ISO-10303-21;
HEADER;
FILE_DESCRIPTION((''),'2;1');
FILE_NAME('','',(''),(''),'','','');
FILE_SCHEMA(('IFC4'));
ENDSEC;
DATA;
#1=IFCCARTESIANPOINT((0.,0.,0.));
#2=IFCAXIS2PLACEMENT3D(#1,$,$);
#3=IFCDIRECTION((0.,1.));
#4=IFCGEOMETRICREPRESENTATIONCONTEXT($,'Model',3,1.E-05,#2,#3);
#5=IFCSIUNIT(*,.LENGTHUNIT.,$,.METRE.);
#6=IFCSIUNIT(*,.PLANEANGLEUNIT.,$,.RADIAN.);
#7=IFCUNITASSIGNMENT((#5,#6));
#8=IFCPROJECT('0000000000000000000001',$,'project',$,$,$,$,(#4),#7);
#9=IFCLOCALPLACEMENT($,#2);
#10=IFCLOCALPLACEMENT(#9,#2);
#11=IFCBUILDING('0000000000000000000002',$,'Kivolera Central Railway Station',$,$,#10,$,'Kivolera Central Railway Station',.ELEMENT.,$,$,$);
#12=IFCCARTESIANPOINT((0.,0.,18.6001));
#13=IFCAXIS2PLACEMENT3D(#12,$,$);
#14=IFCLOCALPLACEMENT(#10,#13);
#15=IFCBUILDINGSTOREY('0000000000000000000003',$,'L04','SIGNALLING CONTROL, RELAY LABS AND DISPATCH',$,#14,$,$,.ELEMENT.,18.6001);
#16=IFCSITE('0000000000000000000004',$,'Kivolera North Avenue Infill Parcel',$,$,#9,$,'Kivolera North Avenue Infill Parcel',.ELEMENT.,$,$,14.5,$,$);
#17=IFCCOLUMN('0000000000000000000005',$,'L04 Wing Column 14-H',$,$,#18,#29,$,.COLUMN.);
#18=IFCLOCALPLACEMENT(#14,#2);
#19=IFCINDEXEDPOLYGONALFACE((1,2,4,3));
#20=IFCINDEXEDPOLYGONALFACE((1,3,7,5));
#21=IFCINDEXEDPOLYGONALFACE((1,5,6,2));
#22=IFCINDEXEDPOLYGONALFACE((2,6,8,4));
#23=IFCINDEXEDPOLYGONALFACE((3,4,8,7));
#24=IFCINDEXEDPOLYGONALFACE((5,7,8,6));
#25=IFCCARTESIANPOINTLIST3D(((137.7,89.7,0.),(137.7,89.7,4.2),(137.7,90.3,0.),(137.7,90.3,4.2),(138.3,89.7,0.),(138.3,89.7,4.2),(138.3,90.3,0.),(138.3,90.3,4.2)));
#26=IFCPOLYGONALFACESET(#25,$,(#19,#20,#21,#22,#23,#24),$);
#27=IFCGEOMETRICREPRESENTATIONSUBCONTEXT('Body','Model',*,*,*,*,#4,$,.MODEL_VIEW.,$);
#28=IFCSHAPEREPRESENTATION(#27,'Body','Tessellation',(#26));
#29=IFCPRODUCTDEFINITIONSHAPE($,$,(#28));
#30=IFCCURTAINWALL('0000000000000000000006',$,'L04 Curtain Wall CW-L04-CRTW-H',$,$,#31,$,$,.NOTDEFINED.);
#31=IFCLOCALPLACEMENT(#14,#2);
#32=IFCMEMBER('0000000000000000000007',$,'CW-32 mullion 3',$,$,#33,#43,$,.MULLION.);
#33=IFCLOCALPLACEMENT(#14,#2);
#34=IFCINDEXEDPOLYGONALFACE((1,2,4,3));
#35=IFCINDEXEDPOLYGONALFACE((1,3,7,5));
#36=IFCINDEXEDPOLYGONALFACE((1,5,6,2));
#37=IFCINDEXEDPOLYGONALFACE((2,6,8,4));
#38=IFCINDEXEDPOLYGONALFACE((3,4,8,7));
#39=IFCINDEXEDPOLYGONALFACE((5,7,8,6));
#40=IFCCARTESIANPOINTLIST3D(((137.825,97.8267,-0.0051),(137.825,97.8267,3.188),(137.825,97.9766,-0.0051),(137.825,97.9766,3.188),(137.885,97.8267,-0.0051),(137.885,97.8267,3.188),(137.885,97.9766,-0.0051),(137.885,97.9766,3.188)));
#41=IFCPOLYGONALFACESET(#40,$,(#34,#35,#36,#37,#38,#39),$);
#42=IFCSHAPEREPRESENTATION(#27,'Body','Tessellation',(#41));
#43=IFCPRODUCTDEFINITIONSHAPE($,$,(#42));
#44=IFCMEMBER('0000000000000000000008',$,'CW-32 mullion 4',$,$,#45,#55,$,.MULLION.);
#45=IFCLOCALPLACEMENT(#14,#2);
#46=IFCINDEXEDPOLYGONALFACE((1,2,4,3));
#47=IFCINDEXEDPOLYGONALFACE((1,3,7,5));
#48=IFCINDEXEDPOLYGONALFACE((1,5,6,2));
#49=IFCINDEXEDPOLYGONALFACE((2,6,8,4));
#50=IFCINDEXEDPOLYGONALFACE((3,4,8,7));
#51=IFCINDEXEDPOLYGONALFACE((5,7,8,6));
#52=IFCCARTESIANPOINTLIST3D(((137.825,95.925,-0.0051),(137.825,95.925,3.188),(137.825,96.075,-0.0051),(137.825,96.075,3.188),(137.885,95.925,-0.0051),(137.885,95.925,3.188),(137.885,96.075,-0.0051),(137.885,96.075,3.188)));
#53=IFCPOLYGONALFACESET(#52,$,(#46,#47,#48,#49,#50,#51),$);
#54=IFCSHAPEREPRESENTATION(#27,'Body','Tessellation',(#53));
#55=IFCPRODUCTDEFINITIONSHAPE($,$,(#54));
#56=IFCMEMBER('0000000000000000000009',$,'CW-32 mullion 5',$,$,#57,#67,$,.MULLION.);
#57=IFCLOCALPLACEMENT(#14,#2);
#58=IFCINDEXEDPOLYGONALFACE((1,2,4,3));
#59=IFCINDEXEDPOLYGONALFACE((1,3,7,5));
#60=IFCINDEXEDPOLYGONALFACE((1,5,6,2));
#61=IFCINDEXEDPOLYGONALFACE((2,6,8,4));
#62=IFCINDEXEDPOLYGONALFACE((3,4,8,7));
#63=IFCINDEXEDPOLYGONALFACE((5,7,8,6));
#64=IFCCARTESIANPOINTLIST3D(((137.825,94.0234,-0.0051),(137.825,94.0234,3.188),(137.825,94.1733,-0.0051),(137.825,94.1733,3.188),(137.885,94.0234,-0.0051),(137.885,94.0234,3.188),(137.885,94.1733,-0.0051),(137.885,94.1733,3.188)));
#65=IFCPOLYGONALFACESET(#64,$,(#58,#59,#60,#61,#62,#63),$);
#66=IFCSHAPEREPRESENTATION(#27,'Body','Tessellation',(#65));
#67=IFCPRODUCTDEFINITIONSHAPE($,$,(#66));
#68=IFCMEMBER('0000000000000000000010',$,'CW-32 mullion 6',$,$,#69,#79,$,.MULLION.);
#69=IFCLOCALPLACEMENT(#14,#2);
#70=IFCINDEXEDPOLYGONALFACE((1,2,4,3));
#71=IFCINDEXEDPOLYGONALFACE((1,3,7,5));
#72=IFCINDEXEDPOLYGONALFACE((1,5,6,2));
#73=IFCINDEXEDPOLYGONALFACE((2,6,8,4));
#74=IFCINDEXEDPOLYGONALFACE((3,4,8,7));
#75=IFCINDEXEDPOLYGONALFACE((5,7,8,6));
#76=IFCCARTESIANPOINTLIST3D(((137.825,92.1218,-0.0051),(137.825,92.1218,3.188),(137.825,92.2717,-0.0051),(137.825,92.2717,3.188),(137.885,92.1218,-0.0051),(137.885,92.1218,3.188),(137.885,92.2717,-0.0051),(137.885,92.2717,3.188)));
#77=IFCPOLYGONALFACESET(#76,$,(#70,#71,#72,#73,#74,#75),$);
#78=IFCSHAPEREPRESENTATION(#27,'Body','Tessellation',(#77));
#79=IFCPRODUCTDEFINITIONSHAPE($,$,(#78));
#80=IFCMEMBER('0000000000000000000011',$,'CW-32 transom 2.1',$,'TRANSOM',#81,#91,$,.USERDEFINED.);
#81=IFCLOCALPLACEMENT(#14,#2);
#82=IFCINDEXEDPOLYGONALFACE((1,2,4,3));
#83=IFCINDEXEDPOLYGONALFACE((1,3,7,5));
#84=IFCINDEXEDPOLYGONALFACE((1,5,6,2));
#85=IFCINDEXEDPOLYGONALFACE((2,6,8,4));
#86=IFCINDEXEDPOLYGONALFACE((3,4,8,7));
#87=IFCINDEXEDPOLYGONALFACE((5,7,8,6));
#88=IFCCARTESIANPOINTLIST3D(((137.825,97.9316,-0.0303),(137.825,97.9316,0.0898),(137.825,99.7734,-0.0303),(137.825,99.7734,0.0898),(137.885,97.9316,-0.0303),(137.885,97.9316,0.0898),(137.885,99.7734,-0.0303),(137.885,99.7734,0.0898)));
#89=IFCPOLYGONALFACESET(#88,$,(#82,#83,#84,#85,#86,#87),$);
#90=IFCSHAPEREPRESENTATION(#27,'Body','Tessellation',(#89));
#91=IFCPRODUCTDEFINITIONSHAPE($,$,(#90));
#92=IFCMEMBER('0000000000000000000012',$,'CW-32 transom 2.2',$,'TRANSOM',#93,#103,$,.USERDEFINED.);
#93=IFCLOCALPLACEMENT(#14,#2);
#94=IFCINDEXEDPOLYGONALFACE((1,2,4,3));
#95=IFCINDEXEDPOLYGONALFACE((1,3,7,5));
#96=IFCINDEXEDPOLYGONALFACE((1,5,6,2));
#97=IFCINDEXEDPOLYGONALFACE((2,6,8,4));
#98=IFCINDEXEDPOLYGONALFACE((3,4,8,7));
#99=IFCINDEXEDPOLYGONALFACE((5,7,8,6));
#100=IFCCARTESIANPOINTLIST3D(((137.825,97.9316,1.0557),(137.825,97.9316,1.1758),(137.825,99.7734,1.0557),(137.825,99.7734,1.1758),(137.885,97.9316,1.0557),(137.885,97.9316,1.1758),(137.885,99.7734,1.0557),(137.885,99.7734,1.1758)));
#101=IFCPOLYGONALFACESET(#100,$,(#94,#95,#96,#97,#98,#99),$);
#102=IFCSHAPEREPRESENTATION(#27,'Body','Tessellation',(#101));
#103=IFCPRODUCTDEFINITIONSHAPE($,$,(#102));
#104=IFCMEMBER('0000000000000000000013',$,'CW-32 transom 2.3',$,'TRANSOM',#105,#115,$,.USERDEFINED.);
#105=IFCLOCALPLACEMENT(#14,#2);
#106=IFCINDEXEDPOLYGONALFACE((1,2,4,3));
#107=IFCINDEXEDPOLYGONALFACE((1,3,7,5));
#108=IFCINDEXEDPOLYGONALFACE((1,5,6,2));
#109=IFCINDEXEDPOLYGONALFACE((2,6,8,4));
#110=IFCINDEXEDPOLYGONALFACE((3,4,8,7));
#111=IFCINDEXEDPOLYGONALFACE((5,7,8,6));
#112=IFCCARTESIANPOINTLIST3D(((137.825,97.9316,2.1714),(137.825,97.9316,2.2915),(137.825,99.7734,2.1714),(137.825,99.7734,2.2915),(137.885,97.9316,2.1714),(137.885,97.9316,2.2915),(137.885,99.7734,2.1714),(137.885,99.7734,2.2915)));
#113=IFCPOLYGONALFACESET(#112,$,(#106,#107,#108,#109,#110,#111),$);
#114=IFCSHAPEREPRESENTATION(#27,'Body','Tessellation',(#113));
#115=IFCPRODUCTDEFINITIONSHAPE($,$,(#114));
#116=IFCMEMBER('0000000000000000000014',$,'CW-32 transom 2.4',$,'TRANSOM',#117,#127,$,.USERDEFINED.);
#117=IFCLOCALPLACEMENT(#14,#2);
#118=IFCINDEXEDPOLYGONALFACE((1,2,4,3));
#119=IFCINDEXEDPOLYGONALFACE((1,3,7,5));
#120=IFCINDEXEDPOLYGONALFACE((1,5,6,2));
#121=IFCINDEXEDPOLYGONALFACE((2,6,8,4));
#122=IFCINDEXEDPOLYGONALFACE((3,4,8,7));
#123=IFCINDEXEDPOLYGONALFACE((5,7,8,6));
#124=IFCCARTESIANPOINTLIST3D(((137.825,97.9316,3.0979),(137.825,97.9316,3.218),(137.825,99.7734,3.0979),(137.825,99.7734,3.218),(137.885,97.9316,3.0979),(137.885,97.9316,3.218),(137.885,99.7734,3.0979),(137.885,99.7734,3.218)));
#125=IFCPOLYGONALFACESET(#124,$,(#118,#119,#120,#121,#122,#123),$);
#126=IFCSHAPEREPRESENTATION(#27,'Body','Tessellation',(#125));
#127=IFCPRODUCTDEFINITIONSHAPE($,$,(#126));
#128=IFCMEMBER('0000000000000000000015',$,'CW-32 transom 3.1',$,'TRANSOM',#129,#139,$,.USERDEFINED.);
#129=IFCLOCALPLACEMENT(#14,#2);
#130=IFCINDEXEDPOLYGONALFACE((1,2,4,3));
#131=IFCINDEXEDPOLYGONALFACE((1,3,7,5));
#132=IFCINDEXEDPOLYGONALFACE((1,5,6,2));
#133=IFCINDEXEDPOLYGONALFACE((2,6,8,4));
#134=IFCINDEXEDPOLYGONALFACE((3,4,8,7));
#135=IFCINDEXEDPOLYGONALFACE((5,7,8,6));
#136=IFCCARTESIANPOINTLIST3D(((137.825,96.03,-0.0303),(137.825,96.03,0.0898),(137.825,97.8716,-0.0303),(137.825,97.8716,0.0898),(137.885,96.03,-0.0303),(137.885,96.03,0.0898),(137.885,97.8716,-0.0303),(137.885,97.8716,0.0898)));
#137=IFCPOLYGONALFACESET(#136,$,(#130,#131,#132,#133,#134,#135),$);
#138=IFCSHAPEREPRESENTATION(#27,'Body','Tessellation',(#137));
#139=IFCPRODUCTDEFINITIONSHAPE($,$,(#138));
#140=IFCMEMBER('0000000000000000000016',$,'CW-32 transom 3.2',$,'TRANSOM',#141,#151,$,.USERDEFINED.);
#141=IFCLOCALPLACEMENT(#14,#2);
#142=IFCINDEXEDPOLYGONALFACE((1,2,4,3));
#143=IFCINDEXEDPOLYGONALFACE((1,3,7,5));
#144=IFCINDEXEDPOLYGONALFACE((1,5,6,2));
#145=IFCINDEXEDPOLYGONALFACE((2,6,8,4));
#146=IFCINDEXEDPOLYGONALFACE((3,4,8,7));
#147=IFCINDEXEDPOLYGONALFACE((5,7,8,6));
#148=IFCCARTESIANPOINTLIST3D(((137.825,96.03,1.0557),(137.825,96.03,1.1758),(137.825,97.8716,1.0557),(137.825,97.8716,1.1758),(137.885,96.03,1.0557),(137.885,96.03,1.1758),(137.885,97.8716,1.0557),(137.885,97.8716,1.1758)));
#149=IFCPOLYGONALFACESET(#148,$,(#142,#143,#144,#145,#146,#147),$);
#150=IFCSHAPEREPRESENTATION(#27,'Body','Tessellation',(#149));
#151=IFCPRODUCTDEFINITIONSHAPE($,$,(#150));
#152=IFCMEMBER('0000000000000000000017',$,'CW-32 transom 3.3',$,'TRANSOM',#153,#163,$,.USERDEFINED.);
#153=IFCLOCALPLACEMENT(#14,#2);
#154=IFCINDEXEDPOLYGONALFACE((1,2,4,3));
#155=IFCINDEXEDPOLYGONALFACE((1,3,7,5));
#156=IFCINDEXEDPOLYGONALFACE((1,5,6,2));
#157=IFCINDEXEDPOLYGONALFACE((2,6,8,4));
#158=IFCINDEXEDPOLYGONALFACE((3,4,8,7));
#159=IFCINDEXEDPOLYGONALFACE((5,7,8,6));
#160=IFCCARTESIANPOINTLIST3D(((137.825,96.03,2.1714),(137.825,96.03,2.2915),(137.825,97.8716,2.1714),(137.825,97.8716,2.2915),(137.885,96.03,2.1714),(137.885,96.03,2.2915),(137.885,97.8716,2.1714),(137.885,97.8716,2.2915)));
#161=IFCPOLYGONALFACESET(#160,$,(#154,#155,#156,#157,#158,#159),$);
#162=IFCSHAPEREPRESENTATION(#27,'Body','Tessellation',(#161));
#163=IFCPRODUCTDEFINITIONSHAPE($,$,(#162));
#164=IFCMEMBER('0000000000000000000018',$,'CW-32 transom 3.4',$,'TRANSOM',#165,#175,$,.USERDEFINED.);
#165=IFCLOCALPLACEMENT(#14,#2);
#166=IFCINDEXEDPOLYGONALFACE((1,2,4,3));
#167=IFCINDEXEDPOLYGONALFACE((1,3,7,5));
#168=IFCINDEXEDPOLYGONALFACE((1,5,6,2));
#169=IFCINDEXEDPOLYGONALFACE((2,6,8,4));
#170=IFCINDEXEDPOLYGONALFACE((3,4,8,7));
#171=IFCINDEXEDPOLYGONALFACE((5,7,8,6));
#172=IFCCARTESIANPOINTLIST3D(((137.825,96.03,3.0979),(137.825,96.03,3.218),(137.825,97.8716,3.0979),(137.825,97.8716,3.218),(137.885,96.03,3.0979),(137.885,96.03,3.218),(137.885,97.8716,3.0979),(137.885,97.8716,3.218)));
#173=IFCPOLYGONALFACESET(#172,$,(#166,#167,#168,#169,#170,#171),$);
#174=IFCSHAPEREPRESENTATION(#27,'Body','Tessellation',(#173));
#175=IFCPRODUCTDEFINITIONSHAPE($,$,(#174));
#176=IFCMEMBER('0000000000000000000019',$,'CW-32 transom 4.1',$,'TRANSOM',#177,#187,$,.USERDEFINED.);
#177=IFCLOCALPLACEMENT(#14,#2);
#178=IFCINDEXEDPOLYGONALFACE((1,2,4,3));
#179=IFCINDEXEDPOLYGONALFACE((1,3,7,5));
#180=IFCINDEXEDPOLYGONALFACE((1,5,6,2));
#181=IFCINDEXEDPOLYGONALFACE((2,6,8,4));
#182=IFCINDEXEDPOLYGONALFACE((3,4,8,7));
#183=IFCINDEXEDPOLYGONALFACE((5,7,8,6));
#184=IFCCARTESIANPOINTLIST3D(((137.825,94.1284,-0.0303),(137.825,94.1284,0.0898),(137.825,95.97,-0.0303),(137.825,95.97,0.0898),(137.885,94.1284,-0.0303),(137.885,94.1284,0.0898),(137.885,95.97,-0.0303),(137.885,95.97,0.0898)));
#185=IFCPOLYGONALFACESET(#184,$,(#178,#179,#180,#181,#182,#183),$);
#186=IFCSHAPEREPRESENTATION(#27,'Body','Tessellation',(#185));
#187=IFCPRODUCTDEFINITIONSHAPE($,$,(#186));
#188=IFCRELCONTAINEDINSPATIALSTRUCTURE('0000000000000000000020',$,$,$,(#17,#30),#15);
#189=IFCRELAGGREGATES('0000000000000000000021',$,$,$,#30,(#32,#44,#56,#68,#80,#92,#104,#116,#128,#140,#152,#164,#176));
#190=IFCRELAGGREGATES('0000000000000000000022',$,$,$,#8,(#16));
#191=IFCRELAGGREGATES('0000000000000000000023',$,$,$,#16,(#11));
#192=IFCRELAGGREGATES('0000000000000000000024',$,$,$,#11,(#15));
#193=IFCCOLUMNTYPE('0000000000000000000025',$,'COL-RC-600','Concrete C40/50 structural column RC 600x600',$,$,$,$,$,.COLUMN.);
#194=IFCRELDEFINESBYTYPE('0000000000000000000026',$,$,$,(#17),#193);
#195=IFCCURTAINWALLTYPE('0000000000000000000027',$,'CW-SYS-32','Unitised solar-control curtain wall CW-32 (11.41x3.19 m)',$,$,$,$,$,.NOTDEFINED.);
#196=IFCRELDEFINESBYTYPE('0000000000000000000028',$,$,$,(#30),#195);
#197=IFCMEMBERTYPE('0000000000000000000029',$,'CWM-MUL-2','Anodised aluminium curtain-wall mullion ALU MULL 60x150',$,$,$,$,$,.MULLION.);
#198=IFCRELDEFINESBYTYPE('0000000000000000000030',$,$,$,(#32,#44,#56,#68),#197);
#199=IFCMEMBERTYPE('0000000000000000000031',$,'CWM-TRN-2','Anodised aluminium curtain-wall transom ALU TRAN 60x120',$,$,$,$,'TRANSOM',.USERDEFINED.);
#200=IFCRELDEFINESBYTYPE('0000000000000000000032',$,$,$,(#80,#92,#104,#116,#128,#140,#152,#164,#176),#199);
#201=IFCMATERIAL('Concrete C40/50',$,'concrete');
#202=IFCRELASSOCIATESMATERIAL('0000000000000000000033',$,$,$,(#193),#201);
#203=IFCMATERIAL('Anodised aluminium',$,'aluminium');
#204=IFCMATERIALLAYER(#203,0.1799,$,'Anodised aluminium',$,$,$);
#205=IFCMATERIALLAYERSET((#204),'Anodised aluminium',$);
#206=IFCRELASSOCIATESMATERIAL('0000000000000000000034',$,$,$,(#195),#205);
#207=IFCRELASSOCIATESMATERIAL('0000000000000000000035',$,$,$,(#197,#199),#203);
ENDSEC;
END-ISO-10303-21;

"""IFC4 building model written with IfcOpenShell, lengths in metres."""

from ifc_helpers import new_model, si_unit, direction, frame, origin, origin_2d, place, context, subcontext, project, spatial, rectangle, extrude, material, layer, layer_set, material_profile, profile_set, type_object, element, aggregate, save


model = new_model("IFC4")

# Units and contexts
model_context = context("Model", 3, precision=1e-05, world=origin(), true_north=direction((0.0, 1.0)))
body_context = subcontext(model_context, "Body", "Model", "MODEL_VIEW")
ifc_project = project(units=[si_unit("LENGTHUNIT", "METRE"), si_unit("PLANEANGLEUNIT", "RADIAN")], contexts=[model_context])

# Site, building, storey
site_placement = place(None, origin())
site = spatial("IfcSite", under=ifc_project, at=site_placement, Name="Kivolera North Avenue Infill Parcel", LongName="Kivolera North Avenue Infill Parcel", CompositionType="ELEMENT", RefElevation=14.5)
building_placement = place(site_placement, origin())
building = spatial("IfcBuilding", under=site, at=building_placement, Name="Kivolera Central Railway Station", LongName="Kivolera Central Railway Station", CompositionType="ELEMENT")
storey_placement = place(building_placement, frame((0.0, 0.0, 18.6001)))
storey = spatial("IfcBuildingStorey", under=building, at=storey_placement, Name="L04", Description="SIGNALLING CONTROL, RELAY LABS AND DISPATCH", CompositionType="ELEMENT", Elevation=18.6001)

# Column
ifc_material_1 = material(Name="Concrete C40/50", Category="concrete")
ifc_material_profile_1 = material_profile(ifc_material_1, rectangle(XDim=0.6001, YDim=0.6001, at=origin_2d()), Name="RC 600x600")
ifc_profile_set_1 = profile_set([ifc_material_profile_1], Name="Concrete C40/50")
column_type = type_object("IfcColumnType", Name="COL-RC-600", Description="Concrete C40/50 structural column RC 600x600", PredefinedType="COLUMN", material=ifc_profile_set_1)
column_placement = place(storey_placement, frame((138.0, 90.0, 0.0), z_axis=(0.0, 0.0, 1.0), x_axis=(1.0, 0.0, 0.0)))
element("IfcColumn", 1, at=column_placement, inside=storey, type_object=column_type, Name="L04 Wing Column 14-H", PredefinedType="COLUMN", context=body_context, shape_type="SweptSolid", body=[
    extrude(rectangle(XDim=0.6001, YDim=0.6001, at=origin_2d()), origin(), (0.0, 0.0, 1.0), 4.2),
])

# Curtain wall, members
ifc_material_2 = material(Name="Anodised aluminium", Category="aluminium")
ifc_layer_1 = layer(ifc_material_2, 0.1799, Name="Anodised aluminium")
ifc_layer_set_1 = layer_set([ifc_layer_1], Name="Anodised aluminium")
curtain_wall_type = type_object("IfcCurtainWallType", Name="CW-SYS-32", Description="Unitised solar-control curtain wall CW-32 (11.41x3.19 m)", PredefinedType="NOTDEFINED", material=ifc_layer_set_1)
curtain_wall_placement = place(storey_placement, origin())
curtain_wall = element("IfcCurtainWall", 2, at=curtain_wall_placement, inside=storey, type_object=curtain_wall_type, Name="L04 Curtain Wall CW-L04-CRTW-H", PredefinedType="NOTDEFINED")
ifc_material_profile_2 = material_profile(ifc_material_2, rectangle(XDim=0.0601, YDim=0.1499, at=origin_2d()), Name="ALU MULL 60x150")
ifc_profile_set_2 = profile_set([ifc_material_profile_2], Name="Anodised aluminium")
member_type_1 = type_object("IfcMemberType", Name="CWM-MUL-2", Description="Anodised aluminium curtain-wall mullion ALU MULL 60x150", PredefinedType="MULLION", material=ifc_profile_set_2)
member_1_placement = place(storey_placement, frame((137.855, 97.9016, -0.0051), z_axis=(0.0, 0.0, 1.0), x_axis=(1.0, 0.0, 0.0)))
member_1 = element("IfcMember", 3, at=member_1_placement, type_object=member_type_1, Name="CW-32 mullion 3", PredefinedType="MULLION", context=body_context, shape_type="SweptSolid", body=[
    extrude(rectangle(XDim=0.0601, YDim=0.1499, at=origin_2d()), origin(), (0.0, 0.0, 1.0), 3.1931),
])
member_2_placement = place(storey_placement, frame((137.855, 96.0, -0.0051), z_axis=(0.0, 0.0, 1.0), x_axis=(1.0, 0.0, 0.0)))
member_2 = element("IfcMember", 4, at=member_2_placement, type_object=member_type_1, Name="CW-32 mullion 4", PredefinedType="MULLION", context=body_context, shape_type="SweptSolid", body=[
    extrude(rectangle(XDim=0.0601, YDim=0.1499, at=origin_2d()), origin(), (0.0, 0.0, 1.0), 3.1931),
])
member_3_placement = place(storey_placement, frame((137.855, 94.0984, -0.0051), z_axis=(0.0, 0.0, 1.0), x_axis=(1.0, 0.0, 0.0)))
member_3 = element("IfcMember", 5, at=member_3_placement, type_object=member_type_1, Name="CW-32 mullion 5", PredefinedType="MULLION", context=body_context, shape_type="SweptSolid", body=[
    extrude(rectangle(XDim=0.0601, YDim=0.1499, at=origin_2d()), origin(), (0.0, 0.0, 1.0), 3.1931),
])
member_4_placement = place(storey_placement, frame((137.855, 92.1968, -0.0051), z_axis=(0.0, 0.0, 1.0), x_axis=(1.0, 0.0, 0.0)))
member_4 = element("IfcMember", 6, at=member_4_placement, type_object=member_type_1, Name="CW-32 mullion 6", PredefinedType="MULLION", context=body_context, shape_type="SweptSolid", body=[
    extrude(rectangle(XDim=0.0601, YDim=0.1499, at=origin_2d()), origin(), (0.0, 0.0, 1.0), 3.1931),
])
ifc_material_profile_3 = material_profile(ifc_material_2, rectangle(XDim=0.0601, YDim=0.1201, at=origin_2d()), Name="ALU TRAN 60x120")
ifc_profile_set_3 = profile_set([ifc_material_profile_3], Name="Anodised aluminium")
member_type_2 = type_object("IfcMemberType", Name="CWM-TRN-2", Description="Anodised aluminium curtain-wall transom ALU TRAN 60x120", ElementType="TRANSOM", PredefinedType="USERDEFINED", material=ifc_profile_set_3)
member_5_placement = place(storey_placement, frame((137.855, 99.7734, 0.0298), z_axis=(0.0, -1.0, 0.0), x_axis=(1.0, 0.0, 0.0)))
member_5 = element("IfcMember", 7, at=member_5_placement, type_object=member_type_2, Name="CW-32 transom 2.1", ObjectType="TRANSOM", PredefinedType="USERDEFINED", context=body_context, shape_type="SweptSolid", body=[
    extrude(rectangle(XDim=0.0601, YDim=0.1201, at=origin_2d()), origin(), (0.0, 0.0, 1.0), 1.8418),
])
member_6_placement = place(storey_placement, frame((137.855, 99.7734, 1.1157), z_axis=(0.0, -1.0, 0.0), x_axis=(1.0, 0.0, 0.0)))
member_6 = element("IfcMember", 8, at=member_6_placement, type_object=member_type_2, Name="CW-32 transom 2.2", ObjectType="TRANSOM", PredefinedType="USERDEFINED", context=body_context, shape_type="SweptSolid", body=[
    extrude(rectangle(XDim=0.0601, YDim=0.1201, at=origin_2d()), origin(), (0.0, 0.0, 1.0), 1.8418),
])
member_7_placement = place(storey_placement, frame((137.855, 99.7734, 2.2314), z_axis=(0.0, -1.0, 0.0), x_axis=(1.0, 0.0, 0.0)))
member_7 = element("IfcMember", 9, at=member_7_placement, type_object=member_type_2, Name="CW-32 transom 2.3", ObjectType="TRANSOM", PredefinedType="USERDEFINED", context=body_context, shape_type="SweptSolid", body=[
    extrude(rectangle(XDim=0.0601, YDim=0.1201, at=origin_2d()), origin(), (0.0, 0.0, 1.0), 1.8418),
])
member_8_placement = place(storey_placement, frame((137.855, 99.7734, 3.158), z_axis=(0.0, -1.0, 0.0), x_axis=(1.0, 0.0, 0.0)))
member_8 = element("IfcMember", 10, at=member_8_placement, type_object=member_type_2, Name="CW-32 transom 2.4", ObjectType="TRANSOM", PredefinedType="USERDEFINED", context=body_context, shape_type="SweptSolid", body=[
    extrude(rectangle(XDim=0.0601, YDim=0.1201, at=origin_2d()), origin(), (0.0, 0.0, 1.0), 1.8418),
])
member_9_placement = place(storey_placement, frame((137.855, 97.8716, 0.0298), z_axis=(0.0, -1.0, 0.0), x_axis=(1.0, 0.0, 0.0)))
member_9 = element("IfcMember", 11, at=member_9_placement, type_object=member_type_2, Name="CW-32 transom 3.1", ObjectType="TRANSOM", PredefinedType="USERDEFINED", context=body_context, shape_type="SweptSolid", body=[
    extrude(rectangle(XDim=0.0601, YDim=0.1201, at=origin_2d()), origin(), (0.0, 0.0, 1.0), 1.8416),
])
member_10_placement = place(storey_placement, frame((137.855, 97.8716, 1.1157), z_axis=(0.0, -1.0, 0.0), x_axis=(1.0, 0.0, 0.0)))
member_10 = element("IfcMember", 12, at=member_10_placement, type_object=member_type_2, Name="CW-32 transom 3.2", ObjectType="TRANSOM", PredefinedType="USERDEFINED", context=body_context, shape_type="SweptSolid", body=[
    extrude(rectangle(XDim=0.0601, YDim=0.1201, at=origin_2d()), origin(), (0.0, 0.0, 1.0), 1.8416),
])
member_11_placement = place(storey_placement, frame((137.855, 97.8716, 2.2314), z_axis=(0.0, -1.0, 0.0), x_axis=(1.0, 0.0, 0.0)))
member_11 = element("IfcMember", 13, at=member_11_placement, type_object=member_type_2, Name="CW-32 transom 3.3", ObjectType="TRANSOM", PredefinedType="USERDEFINED", context=body_context, shape_type="SweptSolid", body=[
    extrude(rectangle(XDim=0.0601, YDim=0.1201, at=origin_2d()), origin(), (0.0, 0.0, 1.0), 1.8416),
])
member_12_placement = place(storey_placement, frame((137.855, 97.8716, 3.158), z_axis=(0.0, -1.0, 0.0), x_axis=(1.0, 0.0, 0.0)))
member_12 = element("IfcMember", 14, at=member_12_placement, type_object=member_type_2, Name="CW-32 transom 3.4", ObjectType="TRANSOM", PredefinedType="USERDEFINED", context=body_context, shape_type="SweptSolid", body=[
    extrude(rectangle(XDim=0.0601, YDim=0.1201, at=origin_2d()), origin(), (0.0, 0.0, 1.0), 1.8416),
])
member_13_placement = place(storey_placement, frame((137.855, 95.97, 0.0298), z_axis=(0.0, -1.0, 0.0), x_axis=(1.0, 0.0, 0.0)))
member_13 = element("IfcMember", 15, at=member_13_placement, type_object=member_type_2, Name="CW-32 transom 4.1", ObjectType="TRANSOM", PredefinedType="USERDEFINED", context=body_context, shape_type="SweptSolid", body=[
    extrude(rectangle(XDim=0.0601, YDim=0.1201, at=origin_2d()), origin(), (0.0, 0.0, 1.0), 1.8416),
])
aggregate(curtain_wall, [member_1, member_2, member_3, member_4, member_5, member_6, member_7, member_8, member_9, member_10, member_11, member_12, member_13])

save(model, "model.ifc")
